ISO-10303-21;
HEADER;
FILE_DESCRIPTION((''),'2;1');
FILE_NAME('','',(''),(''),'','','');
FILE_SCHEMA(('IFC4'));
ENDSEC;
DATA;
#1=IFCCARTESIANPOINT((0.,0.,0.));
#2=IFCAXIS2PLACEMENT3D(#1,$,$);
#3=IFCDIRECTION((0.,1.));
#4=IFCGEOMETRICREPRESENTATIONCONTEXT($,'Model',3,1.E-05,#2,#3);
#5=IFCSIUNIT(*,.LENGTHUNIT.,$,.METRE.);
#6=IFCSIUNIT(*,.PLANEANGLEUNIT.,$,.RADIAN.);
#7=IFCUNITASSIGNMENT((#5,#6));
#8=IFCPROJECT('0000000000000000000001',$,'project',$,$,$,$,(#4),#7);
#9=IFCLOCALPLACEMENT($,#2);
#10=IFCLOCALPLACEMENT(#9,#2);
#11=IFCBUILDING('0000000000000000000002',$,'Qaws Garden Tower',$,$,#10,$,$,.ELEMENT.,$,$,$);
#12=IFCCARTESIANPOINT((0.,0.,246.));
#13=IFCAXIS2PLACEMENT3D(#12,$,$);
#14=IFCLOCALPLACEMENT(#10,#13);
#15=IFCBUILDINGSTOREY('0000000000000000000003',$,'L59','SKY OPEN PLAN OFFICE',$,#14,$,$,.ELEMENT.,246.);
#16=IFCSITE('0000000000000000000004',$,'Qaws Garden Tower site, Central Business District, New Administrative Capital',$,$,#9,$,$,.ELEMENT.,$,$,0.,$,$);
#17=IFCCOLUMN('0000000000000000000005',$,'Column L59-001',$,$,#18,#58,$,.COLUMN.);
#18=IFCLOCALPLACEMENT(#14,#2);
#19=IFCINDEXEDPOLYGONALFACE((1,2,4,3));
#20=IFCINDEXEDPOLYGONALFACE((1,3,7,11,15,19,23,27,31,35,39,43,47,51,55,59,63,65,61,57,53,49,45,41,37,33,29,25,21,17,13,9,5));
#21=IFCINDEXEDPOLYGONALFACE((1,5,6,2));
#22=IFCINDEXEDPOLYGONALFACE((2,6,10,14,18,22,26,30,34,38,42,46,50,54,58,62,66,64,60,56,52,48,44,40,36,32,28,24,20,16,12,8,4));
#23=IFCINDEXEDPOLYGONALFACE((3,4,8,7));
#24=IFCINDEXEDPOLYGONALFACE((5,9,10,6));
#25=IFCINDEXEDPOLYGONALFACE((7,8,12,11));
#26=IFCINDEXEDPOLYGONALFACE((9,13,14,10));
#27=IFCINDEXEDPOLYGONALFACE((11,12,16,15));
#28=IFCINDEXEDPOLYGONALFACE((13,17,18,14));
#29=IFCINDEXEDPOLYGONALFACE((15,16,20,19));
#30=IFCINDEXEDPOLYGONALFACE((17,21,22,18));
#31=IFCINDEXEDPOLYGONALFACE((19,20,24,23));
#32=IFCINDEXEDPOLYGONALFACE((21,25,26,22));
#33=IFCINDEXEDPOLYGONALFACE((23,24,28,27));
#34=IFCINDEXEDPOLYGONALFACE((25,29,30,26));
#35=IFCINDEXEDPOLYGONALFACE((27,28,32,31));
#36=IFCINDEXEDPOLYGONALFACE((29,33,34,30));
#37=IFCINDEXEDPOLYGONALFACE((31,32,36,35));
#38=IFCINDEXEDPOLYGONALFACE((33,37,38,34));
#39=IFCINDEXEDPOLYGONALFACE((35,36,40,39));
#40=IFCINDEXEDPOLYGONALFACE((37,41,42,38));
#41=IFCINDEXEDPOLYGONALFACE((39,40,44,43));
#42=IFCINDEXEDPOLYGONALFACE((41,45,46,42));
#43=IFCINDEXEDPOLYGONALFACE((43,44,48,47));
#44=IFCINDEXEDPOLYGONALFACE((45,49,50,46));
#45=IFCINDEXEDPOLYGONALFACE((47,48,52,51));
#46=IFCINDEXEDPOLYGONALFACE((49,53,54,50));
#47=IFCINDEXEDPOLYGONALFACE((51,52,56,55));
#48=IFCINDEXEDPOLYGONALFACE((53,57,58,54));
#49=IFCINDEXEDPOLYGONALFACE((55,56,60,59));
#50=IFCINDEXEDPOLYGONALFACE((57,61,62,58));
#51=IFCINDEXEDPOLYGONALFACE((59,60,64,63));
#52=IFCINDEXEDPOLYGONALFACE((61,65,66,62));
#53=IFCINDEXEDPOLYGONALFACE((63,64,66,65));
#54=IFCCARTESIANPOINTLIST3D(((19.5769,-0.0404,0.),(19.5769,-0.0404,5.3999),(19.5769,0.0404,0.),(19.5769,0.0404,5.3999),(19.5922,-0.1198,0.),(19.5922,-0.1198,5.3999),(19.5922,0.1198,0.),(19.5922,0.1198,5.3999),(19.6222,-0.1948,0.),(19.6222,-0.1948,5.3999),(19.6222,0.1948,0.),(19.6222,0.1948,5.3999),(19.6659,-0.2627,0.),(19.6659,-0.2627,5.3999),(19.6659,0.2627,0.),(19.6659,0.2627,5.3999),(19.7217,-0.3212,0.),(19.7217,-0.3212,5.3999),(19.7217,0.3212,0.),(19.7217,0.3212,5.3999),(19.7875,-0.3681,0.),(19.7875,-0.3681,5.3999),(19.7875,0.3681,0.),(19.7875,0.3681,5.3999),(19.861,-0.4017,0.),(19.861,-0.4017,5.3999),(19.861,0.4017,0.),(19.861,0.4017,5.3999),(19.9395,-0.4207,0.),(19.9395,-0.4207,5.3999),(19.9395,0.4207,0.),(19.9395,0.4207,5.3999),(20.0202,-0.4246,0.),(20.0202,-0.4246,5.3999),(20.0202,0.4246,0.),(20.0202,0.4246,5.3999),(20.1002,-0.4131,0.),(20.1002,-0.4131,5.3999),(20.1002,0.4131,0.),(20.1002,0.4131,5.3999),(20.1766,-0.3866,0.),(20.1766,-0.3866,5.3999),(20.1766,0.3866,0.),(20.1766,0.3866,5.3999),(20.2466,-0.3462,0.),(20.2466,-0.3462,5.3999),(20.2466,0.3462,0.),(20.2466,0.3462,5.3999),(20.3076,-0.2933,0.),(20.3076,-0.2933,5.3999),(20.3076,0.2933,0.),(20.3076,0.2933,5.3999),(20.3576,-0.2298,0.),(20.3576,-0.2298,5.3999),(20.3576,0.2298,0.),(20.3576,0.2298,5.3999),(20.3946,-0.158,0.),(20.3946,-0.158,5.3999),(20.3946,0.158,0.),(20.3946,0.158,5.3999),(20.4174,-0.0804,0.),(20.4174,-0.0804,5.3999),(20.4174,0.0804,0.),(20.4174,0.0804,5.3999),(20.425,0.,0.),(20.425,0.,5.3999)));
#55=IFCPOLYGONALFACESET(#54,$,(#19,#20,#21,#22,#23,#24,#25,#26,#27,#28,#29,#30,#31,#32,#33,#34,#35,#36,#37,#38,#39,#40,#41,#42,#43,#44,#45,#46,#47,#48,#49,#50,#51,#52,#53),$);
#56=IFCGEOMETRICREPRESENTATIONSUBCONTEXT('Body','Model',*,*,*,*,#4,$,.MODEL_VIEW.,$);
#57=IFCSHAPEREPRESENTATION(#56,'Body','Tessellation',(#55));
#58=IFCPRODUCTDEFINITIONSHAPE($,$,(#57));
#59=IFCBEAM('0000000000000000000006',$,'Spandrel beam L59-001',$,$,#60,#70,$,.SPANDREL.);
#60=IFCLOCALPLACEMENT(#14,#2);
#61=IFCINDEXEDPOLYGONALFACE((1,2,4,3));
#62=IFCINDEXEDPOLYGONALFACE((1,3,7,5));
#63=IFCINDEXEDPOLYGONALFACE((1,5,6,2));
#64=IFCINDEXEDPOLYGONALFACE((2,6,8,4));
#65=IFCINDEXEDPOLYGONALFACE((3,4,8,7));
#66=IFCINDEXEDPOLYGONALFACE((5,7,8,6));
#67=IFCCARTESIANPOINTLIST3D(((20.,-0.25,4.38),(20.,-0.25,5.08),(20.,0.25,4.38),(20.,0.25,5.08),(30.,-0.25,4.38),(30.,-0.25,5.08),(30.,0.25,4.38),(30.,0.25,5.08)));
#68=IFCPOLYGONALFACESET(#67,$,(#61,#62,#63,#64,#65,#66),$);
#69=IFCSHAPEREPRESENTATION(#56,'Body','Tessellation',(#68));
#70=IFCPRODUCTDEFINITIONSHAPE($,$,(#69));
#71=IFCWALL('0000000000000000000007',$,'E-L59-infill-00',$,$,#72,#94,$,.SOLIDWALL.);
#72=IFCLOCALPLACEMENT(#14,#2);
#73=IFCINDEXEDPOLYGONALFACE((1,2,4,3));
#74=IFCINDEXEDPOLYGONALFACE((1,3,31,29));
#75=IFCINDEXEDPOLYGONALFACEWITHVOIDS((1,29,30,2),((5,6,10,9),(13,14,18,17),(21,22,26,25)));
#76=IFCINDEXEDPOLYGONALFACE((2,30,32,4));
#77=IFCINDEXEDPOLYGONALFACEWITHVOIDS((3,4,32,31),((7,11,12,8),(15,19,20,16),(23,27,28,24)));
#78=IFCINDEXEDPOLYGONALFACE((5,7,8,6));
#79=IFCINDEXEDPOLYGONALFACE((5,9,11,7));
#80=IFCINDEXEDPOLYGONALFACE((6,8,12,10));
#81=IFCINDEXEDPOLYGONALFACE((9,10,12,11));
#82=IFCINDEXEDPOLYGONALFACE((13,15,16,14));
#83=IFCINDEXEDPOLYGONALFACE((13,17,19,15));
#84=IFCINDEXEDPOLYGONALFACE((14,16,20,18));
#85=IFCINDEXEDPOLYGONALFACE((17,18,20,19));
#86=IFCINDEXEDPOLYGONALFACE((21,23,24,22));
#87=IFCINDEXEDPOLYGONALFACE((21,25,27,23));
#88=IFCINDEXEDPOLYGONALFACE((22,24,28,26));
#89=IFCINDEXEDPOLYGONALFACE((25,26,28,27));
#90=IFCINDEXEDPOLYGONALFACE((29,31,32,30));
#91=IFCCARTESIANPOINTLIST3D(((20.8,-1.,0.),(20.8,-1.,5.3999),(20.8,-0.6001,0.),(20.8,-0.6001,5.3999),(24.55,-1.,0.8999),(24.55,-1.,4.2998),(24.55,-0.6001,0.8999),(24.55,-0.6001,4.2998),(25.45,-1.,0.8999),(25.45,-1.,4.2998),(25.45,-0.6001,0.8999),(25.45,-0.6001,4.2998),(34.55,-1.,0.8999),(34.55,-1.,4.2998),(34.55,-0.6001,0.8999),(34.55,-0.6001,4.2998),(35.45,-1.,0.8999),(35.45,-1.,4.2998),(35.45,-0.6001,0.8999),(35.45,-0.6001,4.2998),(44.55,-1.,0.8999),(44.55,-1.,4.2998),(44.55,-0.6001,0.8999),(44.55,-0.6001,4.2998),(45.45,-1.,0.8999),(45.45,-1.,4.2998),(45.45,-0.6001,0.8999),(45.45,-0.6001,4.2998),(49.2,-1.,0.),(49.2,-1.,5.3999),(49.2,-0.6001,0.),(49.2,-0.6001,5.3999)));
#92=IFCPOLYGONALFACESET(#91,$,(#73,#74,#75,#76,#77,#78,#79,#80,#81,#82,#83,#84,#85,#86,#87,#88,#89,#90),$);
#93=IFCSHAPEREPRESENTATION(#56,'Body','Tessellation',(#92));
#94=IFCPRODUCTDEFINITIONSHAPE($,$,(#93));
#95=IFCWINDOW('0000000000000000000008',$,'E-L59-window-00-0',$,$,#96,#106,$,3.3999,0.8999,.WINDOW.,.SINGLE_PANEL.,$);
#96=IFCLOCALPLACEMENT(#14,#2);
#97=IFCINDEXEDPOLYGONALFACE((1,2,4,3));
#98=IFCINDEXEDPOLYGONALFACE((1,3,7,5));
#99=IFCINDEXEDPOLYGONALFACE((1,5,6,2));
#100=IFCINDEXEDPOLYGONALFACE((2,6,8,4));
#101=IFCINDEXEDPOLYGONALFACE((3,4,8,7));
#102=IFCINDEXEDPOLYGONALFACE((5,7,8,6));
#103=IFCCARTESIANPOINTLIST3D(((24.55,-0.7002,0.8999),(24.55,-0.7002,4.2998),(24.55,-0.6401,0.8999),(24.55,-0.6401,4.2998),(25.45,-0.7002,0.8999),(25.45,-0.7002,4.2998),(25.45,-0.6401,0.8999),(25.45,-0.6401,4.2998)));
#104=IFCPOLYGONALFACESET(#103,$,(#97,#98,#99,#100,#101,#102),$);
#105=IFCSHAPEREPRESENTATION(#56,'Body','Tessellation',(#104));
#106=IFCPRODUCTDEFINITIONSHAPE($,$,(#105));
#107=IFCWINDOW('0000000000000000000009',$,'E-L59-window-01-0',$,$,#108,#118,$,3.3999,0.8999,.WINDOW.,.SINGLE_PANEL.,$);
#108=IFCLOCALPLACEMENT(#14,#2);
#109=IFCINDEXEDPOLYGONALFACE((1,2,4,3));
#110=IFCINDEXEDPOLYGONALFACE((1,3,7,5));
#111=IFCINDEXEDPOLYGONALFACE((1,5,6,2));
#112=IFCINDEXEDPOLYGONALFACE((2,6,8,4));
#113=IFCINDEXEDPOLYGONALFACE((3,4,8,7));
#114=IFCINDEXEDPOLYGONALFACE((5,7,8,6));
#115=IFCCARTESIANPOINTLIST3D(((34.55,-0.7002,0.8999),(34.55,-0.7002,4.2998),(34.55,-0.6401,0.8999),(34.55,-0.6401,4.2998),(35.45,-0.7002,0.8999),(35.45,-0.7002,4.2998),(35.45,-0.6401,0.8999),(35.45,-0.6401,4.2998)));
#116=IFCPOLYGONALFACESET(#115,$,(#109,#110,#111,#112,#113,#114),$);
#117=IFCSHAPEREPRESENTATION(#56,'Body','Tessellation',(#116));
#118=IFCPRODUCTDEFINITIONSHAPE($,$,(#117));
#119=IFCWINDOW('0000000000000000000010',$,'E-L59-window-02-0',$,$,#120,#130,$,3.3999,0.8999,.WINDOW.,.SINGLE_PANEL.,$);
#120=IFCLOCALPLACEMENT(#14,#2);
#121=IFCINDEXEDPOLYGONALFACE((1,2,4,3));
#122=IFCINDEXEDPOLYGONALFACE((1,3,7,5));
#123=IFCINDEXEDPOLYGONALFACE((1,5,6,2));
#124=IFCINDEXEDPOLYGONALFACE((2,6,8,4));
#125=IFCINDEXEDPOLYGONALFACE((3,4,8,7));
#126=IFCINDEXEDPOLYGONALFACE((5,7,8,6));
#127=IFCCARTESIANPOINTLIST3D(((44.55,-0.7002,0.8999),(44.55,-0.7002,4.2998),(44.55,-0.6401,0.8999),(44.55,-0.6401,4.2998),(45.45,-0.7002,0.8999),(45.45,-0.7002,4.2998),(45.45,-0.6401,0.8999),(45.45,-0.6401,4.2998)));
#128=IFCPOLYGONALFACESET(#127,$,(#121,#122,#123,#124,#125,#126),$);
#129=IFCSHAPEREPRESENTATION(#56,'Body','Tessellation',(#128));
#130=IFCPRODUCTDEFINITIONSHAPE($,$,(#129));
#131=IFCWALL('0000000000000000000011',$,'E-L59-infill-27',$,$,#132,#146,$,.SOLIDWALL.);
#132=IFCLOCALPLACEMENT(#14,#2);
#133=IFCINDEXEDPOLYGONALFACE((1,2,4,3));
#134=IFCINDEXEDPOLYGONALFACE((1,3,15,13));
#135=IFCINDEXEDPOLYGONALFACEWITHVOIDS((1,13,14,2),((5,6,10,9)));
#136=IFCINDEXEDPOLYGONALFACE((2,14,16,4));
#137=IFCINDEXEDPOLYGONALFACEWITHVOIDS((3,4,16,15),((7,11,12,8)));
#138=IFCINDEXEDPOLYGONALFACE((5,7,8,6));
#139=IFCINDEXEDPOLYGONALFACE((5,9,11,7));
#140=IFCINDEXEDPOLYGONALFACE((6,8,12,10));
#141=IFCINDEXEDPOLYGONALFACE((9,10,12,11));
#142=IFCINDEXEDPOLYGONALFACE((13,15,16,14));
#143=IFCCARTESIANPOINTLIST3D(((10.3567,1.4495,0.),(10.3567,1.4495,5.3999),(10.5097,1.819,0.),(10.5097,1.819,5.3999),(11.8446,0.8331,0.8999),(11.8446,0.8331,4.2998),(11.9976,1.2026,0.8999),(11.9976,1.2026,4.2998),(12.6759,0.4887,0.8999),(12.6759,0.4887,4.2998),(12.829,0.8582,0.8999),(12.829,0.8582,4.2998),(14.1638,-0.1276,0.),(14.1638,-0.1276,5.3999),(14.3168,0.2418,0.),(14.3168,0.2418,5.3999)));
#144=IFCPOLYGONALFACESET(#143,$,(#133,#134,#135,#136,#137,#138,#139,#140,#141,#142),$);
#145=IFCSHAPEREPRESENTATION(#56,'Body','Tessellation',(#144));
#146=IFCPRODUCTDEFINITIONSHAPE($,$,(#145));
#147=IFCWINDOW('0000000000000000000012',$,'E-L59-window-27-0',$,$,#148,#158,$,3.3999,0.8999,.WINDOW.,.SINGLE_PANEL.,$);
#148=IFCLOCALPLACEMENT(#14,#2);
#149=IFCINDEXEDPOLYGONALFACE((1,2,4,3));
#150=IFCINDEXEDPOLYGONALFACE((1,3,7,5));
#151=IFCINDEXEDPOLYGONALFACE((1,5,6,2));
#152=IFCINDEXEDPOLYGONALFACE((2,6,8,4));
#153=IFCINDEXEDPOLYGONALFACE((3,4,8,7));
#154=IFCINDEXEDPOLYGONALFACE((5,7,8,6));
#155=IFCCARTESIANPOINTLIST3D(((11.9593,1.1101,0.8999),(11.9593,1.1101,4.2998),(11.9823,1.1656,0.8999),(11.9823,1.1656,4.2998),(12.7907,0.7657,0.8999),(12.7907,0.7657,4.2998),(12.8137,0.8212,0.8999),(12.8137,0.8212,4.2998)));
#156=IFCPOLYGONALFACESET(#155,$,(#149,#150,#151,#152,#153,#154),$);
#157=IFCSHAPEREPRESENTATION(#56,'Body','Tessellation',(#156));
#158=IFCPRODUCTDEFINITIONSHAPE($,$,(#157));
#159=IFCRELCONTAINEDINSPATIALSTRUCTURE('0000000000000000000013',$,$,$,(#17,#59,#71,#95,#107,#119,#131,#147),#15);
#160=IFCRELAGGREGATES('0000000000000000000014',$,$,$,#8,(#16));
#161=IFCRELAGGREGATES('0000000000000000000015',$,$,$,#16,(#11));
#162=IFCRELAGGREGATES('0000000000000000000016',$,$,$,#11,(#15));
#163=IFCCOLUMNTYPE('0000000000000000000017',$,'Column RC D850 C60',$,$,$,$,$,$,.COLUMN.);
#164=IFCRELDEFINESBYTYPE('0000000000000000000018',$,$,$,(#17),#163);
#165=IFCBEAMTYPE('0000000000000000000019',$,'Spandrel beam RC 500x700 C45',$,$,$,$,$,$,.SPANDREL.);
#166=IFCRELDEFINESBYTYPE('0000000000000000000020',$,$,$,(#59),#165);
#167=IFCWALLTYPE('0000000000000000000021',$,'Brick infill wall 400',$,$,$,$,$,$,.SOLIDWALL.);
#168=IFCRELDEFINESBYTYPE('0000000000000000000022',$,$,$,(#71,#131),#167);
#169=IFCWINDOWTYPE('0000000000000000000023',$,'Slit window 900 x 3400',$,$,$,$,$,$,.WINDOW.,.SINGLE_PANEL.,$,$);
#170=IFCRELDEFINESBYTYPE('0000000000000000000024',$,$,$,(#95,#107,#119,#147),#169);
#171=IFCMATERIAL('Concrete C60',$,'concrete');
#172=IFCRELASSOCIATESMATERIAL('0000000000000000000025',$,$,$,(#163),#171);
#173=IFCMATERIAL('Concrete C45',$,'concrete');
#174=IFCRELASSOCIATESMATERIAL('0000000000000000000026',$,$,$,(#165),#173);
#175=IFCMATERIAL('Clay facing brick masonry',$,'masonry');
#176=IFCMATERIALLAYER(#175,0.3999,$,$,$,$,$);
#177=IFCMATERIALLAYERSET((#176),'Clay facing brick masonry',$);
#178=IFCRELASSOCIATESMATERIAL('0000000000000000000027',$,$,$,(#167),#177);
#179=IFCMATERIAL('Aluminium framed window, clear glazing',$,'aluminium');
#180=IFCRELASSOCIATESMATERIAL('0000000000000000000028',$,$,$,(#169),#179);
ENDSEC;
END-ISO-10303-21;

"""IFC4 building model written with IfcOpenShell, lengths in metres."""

from ifc_helpers import new_model, si_unit, direction, frame, frame_2d, origin, origin_2d, place, context, subcontext, project, spatial, rectangle, circle, extrude, material, layer, layer_set, material_profile, profile_set, type_object, element, fill, save


model = new_model("IFC4")

# Units and contexts
model_context = context("Model", 3, precision=1e-05, world=origin(), true_north=direction((0.0, 1.0)))
body_context = subcontext(model_context, "Body", "Model", "MODEL_VIEW")
ifc_project = project(units=[si_unit("LENGTHUNIT", "METRE"), si_unit("PLANEANGLEUNIT", "RADIAN")], contexts=[model_context])

# Site, building, storey
site_placement = place(None, origin())
site = spatial("IfcSite", under=ifc_project, at=site_placement, Name="Qaws Garden Tower site, Central Business District, New Administrative Capital", CompositionType="ELEMENT", RefElevation=0.0)
building_placement = place(site_placement, origin())
building = spatial("IfcBuilding", under=site, at=building_placement, Name="Qaws Garden Tower", CompositionType="ELEMENT")
storey_placement = place(building_placement, frame((0.0, 0.0, 246.0)))
storey = spatial("IfcBuildingStorey", under=building, at=storey_placement, Name="L59", Description="SKY OPEN PLAN OFFICE", CompositionType="ELEMENT", Elevation=246.0)

# Column
ifc_material_1 = material(Name="Concrete C60", Category="concrete")
ifc_material_profile_1 = material_profile(ifc_material_1, circle(Radius=0.425, at=origin_2d()), Name="RC D850")
ifc_profile_set_1 = profile_set([ifc_material_profile_1], Name="Concrete C60")
column_type = type_object("IfcColumnType", Name="Column RC D850 C60", PredefinedType="COLUMN", material=ifc_profile_set_1)
column_placement = place(storey_placement, frame((20.0, 0.0, 0.0), z_axis=(0.0, 0.0, 1.0), x_axis=(1.0, 0.0, 0.0)))
element("IfcColumn", 1, at=column_placement, inside=storey, type_object=column_type, Name="Column L59-001", PredefinedType="COLUMN", context=body_context, shape_type="SweptSolid", body=[
    extrude(circle(Radius=0.425, at=origin_2d()), origin(), (0.0, 0.0, 1.0), 5.3999),
])

# Beam
ifc_material_2 = material(Name="Concrete C45", Category="concrete")
ifc_material_profile_2 = material_profile(ifc_material_2, rectangle(XDim=0.5, YDim=0.7, at=origin_2d()), Name="RC 500x700")
ifc_profile_set_2 = profile_set([ifc_material_profile_2], Name="Concrete C45")
beam_type = type_object("IfcBeamType", Name="Spandrel beam RC 500x700 C45", PredefinedType="SPANDREL", material=ifc_profile_set_2)
beam_placement = place(storey_placement, frame((20.0, 0.0, 4.73), z_axis=(1.0, 0.0, 0.0), x_axis=(0.0, 1.0, 0.0)))
element("IfcBeam", 2, at=beam_placement, inside=storey, type_object=beam_type, Name="Spandrel beam L59-001", PredefinedType="SPANDREL", context=body_context, shape_type="SweptSolid", body=[
    extrude(rectangle(XDim=0.5, YDim=0.7, at=origin_2d()), origin(), (0.0, 0.0, 1.0), 10.0),
])

# Wall, openings, windows
ifc_material_3 = material(Name="Clay facing brick masonry", Category="masonry")
ifc_layer_1 = layer(ifc_material_3, 0.3999)
ifc_layer_set_1 = layer_set([ifc_layer_1], Name="Clay facing brick masonry")
wall_type_1 = type_object("IfcWallType", Name="Brick infill wall 400", PredefinedType="SOLIDWALL", material=ifc_layer_set_1)
wall_1_placement = place(storey_placement, frame((20.8, -0.8, 0.0), z_axis=(0.0, 0.0, 1.0), x_axis=(1.0, 0.0, 0.0)))
wall_1 = element("IfcWall", 3, at=wall_1_placement, inside=storey, type_object=wall_type_1, Name="E-L59-infill-00", PredefinedType="SOLIDWALL", context=body_context, shape_type="SweptSolid", body=[
    extrude(rectangle(XDim=28.3999, YDim=0.3999, at=frame_2d((14.2, 0.0))), origin(), (0.0, 0.0, 1.0), 5.3999),
])
opening_1_placement = place(wall_1_placement, frame((3.75, 0.0, 0.8999)))
opening_1 = element("IfcOpeningElement", 4, at=opening_1_placement, cuts=wall_1, PredefinedType="OPENING", context=body_context, shape_type="SweptSolid", body=[
    extrude(rectangle(XDim=0.8999, YDim=3.3999, at=frame_2d((0.45, 1.7))), frame((0.0, 0.21, 0.0), z_axis=(0.0, -1.0, 0.0), x_axis=(1.0, 0.0, 0.0)), (0.0, 0.0, 1.0), 0.4199),
])
opening_2_placement = place(wall_1_placement, frame((13.75, 0.0, 0.8999)))
opening_2 = element("IfcOpeningElement", 5, at=opening_2_placement, cuts=wall_1, PredefinedType="OPENING", context=body_context, shape_type="SweptSolid", body=[
    extrude(rectangle(XDim=0.8999, YDim=3.3999, at=frame_2d((0.45, 1.7))), frame((0.0, 0.21, 0.0), z_axis=(0.0, -1.0, 0.0), x_axis=(1.0, 0.0, 0.0)), (0.0, 0.0, 1.0), 0.4199),
])
opening_3_placement = place(wall_1_placement, frame((23.75, 0.0, 0.8999)))
opening_3 = element("IfcOpeningElement", 6, at=opening_3_placement, cuts=wall_1, PredefinedType="OPENING", context=body_context, shape_type="SweptSolid", body=[
    extrude(rectangle(XDim=0.8999, YDim=3.3999, at=frame_2d((0.45, 1.7))), frame((0.0, 0.21, 0.0), z_axis=(0.0, -1.0, 0.0), x_axis=(1.0, 0.0, 0.0)), (0.0, 0.0, 1.0), 0.4199),
])
ifc_material_4 = material(Name="Aluminium framed window, clear glazing", Category="aluminium")
window_type = type_object("IfcWindowType", Name="Slit window 900 x 3400", PartitioningType="SINGLE_PANEL", PredefinedType="WINDOW", material=ifc_material_4)
window_1_placement = place(opening_1_placement, origin())
window_1 = element("IfcWindow", 7, at=window_1_placement, inside=storey, type_object=window_type, Name="E-L59-window-00-0", OverallHeight=3.3999, OverallWidth=0.8999, PartitioningType="SINGLE_PANEL", PredefinedType="WINDOW", context=body_context, shape_type="SweptSolid", body=[
    extrude(rectangle(XDim=0.8999, YDim=3.3999, at=frame_2d((0.45, 1.7))), frame((0.0, 0.1599, 0.0), z_axis=(0.0, -1.0, 0.0), x_axis=(1.0, 0.0, 0.0)), (0.0, 0.0, 1.0), 0.0601),
])
fill(opening_1, window_1)
window_2_placement = place(opening_2_placement, origin())
window_2 = element("IfcWindow", 8, at=window_2_placement, inside=storey, type_object=window_type, Name="E-L59-window-01-0", OverallHeight=3.3999, OverallWidth=0.8999, PartitioningType="SINGLE_PANEL", PredefinedType="WINDOW", context=body_context, shape_type="SweptSolid", body=[
    extrude(rectangle(XDim=0.8999, YDim=3.3999, at=frame_2d((0.45, 1.7))), frame((0.0, 0.1599, 0.0), z_axis=(0.0, -1.0, 0.0), x_axis=(1.0, 0.0, 0.0)), (0.0, 0.0, 1.0), 0.0601),
])
fill(opening_2, window_2)
window_3_placement = place(opening_3_placement, origin())
window_3 = element("IfcWindow", 9, at=window_3_placement, inside=storey, type_object=window_type, Name="E-L59-window-02-0", OverallHeight=3.3999, OverallWidth=0.8999, PartitioningType="SINGLE_PANEL", PredefinedType="WINDOW", context=body_context, shape_type="SweptSolid", body=[
    extrude(rectangle(XDim=0.8999, YDim=3.3999, at=frame_2d((0.45, 1.7))), frame((0.0, 0.1599, 0.0), z_axis=(0.0, -1.0, 0.0), x_axis=(1.0, 0.0, 0.0)), (0.0, 0.0, 1.0), 0.0601),
])
fill(opening_3, window_3)

# Wall, opening, window
wall_2_placement = place(storey_placement, frame((10.4331, 1.6343, 0.0), z_axis=(0.0, 0.0, 1.0), x_axis=(0.923864, -0.382722, 0.0)))
wall_2 = element("IfcWall", 10, at=wall_2_placement, inside=storey, type_object=wall_type_1, Name="E-L59-infill-27", PredefinedType="SOLIDWALL", context=body_context, shape_type="SweptSolid", body=[
    extrude(rectangle(XDim=4.1208, YDim=0.3999, at=frame_2d((2.0605, 0.0))), origin(), (0.0, 0.0, 1.0), 5.3999),
])
opening_4_placement = place(wall_2_placement, frame((1.6106, 0.0, 0.8999)))
opening_4 = element("IfcOpeningElement", 11, at=opening_4_placement, cuts=wall_2, PredefinedType="OPENING", context=body_context, shape_type="SweptSolid", body=[
    extrude(rectangle(XDim=0.8999, YDim=3.3999, at=frame_2d((0.45, 1.7))), frame((0.0, 0.21, 0.0), z_axis=(0.0, -1.0, 0.0), x_axis=(1.0, 0.0, 0.0)), (0.0, 0.0, 1.0), 0.4199),
])
window_4_placement = place(opening_4_placement, origin())
window_4 = element("IfcWindow", 12, at=window_4_placement, inside=storey, type_object=window_type, Name="E-L59-window-27-0", OverallHeight=3.3999, OverallWidth=0.8999, PartitioningType="SINGLE_PANEL", PredefinedType="WINDOW", context=body_context, shape_type="SweptSolid", body=[
    extrude(rectangle(XDim=0.8999, YDim=3.3999, at=frame_2d((0.45, 1.7))), frame((0.0, 0.1599, 0.0), z_axis=(0.0, -1.0, 0.0), x_axis=(1.0, 0.0, 0.0)), (0.0, 0.0, 1.0), 0.0601),
])
fill(opening_4, window_4)

save(model, "model.ifc")
